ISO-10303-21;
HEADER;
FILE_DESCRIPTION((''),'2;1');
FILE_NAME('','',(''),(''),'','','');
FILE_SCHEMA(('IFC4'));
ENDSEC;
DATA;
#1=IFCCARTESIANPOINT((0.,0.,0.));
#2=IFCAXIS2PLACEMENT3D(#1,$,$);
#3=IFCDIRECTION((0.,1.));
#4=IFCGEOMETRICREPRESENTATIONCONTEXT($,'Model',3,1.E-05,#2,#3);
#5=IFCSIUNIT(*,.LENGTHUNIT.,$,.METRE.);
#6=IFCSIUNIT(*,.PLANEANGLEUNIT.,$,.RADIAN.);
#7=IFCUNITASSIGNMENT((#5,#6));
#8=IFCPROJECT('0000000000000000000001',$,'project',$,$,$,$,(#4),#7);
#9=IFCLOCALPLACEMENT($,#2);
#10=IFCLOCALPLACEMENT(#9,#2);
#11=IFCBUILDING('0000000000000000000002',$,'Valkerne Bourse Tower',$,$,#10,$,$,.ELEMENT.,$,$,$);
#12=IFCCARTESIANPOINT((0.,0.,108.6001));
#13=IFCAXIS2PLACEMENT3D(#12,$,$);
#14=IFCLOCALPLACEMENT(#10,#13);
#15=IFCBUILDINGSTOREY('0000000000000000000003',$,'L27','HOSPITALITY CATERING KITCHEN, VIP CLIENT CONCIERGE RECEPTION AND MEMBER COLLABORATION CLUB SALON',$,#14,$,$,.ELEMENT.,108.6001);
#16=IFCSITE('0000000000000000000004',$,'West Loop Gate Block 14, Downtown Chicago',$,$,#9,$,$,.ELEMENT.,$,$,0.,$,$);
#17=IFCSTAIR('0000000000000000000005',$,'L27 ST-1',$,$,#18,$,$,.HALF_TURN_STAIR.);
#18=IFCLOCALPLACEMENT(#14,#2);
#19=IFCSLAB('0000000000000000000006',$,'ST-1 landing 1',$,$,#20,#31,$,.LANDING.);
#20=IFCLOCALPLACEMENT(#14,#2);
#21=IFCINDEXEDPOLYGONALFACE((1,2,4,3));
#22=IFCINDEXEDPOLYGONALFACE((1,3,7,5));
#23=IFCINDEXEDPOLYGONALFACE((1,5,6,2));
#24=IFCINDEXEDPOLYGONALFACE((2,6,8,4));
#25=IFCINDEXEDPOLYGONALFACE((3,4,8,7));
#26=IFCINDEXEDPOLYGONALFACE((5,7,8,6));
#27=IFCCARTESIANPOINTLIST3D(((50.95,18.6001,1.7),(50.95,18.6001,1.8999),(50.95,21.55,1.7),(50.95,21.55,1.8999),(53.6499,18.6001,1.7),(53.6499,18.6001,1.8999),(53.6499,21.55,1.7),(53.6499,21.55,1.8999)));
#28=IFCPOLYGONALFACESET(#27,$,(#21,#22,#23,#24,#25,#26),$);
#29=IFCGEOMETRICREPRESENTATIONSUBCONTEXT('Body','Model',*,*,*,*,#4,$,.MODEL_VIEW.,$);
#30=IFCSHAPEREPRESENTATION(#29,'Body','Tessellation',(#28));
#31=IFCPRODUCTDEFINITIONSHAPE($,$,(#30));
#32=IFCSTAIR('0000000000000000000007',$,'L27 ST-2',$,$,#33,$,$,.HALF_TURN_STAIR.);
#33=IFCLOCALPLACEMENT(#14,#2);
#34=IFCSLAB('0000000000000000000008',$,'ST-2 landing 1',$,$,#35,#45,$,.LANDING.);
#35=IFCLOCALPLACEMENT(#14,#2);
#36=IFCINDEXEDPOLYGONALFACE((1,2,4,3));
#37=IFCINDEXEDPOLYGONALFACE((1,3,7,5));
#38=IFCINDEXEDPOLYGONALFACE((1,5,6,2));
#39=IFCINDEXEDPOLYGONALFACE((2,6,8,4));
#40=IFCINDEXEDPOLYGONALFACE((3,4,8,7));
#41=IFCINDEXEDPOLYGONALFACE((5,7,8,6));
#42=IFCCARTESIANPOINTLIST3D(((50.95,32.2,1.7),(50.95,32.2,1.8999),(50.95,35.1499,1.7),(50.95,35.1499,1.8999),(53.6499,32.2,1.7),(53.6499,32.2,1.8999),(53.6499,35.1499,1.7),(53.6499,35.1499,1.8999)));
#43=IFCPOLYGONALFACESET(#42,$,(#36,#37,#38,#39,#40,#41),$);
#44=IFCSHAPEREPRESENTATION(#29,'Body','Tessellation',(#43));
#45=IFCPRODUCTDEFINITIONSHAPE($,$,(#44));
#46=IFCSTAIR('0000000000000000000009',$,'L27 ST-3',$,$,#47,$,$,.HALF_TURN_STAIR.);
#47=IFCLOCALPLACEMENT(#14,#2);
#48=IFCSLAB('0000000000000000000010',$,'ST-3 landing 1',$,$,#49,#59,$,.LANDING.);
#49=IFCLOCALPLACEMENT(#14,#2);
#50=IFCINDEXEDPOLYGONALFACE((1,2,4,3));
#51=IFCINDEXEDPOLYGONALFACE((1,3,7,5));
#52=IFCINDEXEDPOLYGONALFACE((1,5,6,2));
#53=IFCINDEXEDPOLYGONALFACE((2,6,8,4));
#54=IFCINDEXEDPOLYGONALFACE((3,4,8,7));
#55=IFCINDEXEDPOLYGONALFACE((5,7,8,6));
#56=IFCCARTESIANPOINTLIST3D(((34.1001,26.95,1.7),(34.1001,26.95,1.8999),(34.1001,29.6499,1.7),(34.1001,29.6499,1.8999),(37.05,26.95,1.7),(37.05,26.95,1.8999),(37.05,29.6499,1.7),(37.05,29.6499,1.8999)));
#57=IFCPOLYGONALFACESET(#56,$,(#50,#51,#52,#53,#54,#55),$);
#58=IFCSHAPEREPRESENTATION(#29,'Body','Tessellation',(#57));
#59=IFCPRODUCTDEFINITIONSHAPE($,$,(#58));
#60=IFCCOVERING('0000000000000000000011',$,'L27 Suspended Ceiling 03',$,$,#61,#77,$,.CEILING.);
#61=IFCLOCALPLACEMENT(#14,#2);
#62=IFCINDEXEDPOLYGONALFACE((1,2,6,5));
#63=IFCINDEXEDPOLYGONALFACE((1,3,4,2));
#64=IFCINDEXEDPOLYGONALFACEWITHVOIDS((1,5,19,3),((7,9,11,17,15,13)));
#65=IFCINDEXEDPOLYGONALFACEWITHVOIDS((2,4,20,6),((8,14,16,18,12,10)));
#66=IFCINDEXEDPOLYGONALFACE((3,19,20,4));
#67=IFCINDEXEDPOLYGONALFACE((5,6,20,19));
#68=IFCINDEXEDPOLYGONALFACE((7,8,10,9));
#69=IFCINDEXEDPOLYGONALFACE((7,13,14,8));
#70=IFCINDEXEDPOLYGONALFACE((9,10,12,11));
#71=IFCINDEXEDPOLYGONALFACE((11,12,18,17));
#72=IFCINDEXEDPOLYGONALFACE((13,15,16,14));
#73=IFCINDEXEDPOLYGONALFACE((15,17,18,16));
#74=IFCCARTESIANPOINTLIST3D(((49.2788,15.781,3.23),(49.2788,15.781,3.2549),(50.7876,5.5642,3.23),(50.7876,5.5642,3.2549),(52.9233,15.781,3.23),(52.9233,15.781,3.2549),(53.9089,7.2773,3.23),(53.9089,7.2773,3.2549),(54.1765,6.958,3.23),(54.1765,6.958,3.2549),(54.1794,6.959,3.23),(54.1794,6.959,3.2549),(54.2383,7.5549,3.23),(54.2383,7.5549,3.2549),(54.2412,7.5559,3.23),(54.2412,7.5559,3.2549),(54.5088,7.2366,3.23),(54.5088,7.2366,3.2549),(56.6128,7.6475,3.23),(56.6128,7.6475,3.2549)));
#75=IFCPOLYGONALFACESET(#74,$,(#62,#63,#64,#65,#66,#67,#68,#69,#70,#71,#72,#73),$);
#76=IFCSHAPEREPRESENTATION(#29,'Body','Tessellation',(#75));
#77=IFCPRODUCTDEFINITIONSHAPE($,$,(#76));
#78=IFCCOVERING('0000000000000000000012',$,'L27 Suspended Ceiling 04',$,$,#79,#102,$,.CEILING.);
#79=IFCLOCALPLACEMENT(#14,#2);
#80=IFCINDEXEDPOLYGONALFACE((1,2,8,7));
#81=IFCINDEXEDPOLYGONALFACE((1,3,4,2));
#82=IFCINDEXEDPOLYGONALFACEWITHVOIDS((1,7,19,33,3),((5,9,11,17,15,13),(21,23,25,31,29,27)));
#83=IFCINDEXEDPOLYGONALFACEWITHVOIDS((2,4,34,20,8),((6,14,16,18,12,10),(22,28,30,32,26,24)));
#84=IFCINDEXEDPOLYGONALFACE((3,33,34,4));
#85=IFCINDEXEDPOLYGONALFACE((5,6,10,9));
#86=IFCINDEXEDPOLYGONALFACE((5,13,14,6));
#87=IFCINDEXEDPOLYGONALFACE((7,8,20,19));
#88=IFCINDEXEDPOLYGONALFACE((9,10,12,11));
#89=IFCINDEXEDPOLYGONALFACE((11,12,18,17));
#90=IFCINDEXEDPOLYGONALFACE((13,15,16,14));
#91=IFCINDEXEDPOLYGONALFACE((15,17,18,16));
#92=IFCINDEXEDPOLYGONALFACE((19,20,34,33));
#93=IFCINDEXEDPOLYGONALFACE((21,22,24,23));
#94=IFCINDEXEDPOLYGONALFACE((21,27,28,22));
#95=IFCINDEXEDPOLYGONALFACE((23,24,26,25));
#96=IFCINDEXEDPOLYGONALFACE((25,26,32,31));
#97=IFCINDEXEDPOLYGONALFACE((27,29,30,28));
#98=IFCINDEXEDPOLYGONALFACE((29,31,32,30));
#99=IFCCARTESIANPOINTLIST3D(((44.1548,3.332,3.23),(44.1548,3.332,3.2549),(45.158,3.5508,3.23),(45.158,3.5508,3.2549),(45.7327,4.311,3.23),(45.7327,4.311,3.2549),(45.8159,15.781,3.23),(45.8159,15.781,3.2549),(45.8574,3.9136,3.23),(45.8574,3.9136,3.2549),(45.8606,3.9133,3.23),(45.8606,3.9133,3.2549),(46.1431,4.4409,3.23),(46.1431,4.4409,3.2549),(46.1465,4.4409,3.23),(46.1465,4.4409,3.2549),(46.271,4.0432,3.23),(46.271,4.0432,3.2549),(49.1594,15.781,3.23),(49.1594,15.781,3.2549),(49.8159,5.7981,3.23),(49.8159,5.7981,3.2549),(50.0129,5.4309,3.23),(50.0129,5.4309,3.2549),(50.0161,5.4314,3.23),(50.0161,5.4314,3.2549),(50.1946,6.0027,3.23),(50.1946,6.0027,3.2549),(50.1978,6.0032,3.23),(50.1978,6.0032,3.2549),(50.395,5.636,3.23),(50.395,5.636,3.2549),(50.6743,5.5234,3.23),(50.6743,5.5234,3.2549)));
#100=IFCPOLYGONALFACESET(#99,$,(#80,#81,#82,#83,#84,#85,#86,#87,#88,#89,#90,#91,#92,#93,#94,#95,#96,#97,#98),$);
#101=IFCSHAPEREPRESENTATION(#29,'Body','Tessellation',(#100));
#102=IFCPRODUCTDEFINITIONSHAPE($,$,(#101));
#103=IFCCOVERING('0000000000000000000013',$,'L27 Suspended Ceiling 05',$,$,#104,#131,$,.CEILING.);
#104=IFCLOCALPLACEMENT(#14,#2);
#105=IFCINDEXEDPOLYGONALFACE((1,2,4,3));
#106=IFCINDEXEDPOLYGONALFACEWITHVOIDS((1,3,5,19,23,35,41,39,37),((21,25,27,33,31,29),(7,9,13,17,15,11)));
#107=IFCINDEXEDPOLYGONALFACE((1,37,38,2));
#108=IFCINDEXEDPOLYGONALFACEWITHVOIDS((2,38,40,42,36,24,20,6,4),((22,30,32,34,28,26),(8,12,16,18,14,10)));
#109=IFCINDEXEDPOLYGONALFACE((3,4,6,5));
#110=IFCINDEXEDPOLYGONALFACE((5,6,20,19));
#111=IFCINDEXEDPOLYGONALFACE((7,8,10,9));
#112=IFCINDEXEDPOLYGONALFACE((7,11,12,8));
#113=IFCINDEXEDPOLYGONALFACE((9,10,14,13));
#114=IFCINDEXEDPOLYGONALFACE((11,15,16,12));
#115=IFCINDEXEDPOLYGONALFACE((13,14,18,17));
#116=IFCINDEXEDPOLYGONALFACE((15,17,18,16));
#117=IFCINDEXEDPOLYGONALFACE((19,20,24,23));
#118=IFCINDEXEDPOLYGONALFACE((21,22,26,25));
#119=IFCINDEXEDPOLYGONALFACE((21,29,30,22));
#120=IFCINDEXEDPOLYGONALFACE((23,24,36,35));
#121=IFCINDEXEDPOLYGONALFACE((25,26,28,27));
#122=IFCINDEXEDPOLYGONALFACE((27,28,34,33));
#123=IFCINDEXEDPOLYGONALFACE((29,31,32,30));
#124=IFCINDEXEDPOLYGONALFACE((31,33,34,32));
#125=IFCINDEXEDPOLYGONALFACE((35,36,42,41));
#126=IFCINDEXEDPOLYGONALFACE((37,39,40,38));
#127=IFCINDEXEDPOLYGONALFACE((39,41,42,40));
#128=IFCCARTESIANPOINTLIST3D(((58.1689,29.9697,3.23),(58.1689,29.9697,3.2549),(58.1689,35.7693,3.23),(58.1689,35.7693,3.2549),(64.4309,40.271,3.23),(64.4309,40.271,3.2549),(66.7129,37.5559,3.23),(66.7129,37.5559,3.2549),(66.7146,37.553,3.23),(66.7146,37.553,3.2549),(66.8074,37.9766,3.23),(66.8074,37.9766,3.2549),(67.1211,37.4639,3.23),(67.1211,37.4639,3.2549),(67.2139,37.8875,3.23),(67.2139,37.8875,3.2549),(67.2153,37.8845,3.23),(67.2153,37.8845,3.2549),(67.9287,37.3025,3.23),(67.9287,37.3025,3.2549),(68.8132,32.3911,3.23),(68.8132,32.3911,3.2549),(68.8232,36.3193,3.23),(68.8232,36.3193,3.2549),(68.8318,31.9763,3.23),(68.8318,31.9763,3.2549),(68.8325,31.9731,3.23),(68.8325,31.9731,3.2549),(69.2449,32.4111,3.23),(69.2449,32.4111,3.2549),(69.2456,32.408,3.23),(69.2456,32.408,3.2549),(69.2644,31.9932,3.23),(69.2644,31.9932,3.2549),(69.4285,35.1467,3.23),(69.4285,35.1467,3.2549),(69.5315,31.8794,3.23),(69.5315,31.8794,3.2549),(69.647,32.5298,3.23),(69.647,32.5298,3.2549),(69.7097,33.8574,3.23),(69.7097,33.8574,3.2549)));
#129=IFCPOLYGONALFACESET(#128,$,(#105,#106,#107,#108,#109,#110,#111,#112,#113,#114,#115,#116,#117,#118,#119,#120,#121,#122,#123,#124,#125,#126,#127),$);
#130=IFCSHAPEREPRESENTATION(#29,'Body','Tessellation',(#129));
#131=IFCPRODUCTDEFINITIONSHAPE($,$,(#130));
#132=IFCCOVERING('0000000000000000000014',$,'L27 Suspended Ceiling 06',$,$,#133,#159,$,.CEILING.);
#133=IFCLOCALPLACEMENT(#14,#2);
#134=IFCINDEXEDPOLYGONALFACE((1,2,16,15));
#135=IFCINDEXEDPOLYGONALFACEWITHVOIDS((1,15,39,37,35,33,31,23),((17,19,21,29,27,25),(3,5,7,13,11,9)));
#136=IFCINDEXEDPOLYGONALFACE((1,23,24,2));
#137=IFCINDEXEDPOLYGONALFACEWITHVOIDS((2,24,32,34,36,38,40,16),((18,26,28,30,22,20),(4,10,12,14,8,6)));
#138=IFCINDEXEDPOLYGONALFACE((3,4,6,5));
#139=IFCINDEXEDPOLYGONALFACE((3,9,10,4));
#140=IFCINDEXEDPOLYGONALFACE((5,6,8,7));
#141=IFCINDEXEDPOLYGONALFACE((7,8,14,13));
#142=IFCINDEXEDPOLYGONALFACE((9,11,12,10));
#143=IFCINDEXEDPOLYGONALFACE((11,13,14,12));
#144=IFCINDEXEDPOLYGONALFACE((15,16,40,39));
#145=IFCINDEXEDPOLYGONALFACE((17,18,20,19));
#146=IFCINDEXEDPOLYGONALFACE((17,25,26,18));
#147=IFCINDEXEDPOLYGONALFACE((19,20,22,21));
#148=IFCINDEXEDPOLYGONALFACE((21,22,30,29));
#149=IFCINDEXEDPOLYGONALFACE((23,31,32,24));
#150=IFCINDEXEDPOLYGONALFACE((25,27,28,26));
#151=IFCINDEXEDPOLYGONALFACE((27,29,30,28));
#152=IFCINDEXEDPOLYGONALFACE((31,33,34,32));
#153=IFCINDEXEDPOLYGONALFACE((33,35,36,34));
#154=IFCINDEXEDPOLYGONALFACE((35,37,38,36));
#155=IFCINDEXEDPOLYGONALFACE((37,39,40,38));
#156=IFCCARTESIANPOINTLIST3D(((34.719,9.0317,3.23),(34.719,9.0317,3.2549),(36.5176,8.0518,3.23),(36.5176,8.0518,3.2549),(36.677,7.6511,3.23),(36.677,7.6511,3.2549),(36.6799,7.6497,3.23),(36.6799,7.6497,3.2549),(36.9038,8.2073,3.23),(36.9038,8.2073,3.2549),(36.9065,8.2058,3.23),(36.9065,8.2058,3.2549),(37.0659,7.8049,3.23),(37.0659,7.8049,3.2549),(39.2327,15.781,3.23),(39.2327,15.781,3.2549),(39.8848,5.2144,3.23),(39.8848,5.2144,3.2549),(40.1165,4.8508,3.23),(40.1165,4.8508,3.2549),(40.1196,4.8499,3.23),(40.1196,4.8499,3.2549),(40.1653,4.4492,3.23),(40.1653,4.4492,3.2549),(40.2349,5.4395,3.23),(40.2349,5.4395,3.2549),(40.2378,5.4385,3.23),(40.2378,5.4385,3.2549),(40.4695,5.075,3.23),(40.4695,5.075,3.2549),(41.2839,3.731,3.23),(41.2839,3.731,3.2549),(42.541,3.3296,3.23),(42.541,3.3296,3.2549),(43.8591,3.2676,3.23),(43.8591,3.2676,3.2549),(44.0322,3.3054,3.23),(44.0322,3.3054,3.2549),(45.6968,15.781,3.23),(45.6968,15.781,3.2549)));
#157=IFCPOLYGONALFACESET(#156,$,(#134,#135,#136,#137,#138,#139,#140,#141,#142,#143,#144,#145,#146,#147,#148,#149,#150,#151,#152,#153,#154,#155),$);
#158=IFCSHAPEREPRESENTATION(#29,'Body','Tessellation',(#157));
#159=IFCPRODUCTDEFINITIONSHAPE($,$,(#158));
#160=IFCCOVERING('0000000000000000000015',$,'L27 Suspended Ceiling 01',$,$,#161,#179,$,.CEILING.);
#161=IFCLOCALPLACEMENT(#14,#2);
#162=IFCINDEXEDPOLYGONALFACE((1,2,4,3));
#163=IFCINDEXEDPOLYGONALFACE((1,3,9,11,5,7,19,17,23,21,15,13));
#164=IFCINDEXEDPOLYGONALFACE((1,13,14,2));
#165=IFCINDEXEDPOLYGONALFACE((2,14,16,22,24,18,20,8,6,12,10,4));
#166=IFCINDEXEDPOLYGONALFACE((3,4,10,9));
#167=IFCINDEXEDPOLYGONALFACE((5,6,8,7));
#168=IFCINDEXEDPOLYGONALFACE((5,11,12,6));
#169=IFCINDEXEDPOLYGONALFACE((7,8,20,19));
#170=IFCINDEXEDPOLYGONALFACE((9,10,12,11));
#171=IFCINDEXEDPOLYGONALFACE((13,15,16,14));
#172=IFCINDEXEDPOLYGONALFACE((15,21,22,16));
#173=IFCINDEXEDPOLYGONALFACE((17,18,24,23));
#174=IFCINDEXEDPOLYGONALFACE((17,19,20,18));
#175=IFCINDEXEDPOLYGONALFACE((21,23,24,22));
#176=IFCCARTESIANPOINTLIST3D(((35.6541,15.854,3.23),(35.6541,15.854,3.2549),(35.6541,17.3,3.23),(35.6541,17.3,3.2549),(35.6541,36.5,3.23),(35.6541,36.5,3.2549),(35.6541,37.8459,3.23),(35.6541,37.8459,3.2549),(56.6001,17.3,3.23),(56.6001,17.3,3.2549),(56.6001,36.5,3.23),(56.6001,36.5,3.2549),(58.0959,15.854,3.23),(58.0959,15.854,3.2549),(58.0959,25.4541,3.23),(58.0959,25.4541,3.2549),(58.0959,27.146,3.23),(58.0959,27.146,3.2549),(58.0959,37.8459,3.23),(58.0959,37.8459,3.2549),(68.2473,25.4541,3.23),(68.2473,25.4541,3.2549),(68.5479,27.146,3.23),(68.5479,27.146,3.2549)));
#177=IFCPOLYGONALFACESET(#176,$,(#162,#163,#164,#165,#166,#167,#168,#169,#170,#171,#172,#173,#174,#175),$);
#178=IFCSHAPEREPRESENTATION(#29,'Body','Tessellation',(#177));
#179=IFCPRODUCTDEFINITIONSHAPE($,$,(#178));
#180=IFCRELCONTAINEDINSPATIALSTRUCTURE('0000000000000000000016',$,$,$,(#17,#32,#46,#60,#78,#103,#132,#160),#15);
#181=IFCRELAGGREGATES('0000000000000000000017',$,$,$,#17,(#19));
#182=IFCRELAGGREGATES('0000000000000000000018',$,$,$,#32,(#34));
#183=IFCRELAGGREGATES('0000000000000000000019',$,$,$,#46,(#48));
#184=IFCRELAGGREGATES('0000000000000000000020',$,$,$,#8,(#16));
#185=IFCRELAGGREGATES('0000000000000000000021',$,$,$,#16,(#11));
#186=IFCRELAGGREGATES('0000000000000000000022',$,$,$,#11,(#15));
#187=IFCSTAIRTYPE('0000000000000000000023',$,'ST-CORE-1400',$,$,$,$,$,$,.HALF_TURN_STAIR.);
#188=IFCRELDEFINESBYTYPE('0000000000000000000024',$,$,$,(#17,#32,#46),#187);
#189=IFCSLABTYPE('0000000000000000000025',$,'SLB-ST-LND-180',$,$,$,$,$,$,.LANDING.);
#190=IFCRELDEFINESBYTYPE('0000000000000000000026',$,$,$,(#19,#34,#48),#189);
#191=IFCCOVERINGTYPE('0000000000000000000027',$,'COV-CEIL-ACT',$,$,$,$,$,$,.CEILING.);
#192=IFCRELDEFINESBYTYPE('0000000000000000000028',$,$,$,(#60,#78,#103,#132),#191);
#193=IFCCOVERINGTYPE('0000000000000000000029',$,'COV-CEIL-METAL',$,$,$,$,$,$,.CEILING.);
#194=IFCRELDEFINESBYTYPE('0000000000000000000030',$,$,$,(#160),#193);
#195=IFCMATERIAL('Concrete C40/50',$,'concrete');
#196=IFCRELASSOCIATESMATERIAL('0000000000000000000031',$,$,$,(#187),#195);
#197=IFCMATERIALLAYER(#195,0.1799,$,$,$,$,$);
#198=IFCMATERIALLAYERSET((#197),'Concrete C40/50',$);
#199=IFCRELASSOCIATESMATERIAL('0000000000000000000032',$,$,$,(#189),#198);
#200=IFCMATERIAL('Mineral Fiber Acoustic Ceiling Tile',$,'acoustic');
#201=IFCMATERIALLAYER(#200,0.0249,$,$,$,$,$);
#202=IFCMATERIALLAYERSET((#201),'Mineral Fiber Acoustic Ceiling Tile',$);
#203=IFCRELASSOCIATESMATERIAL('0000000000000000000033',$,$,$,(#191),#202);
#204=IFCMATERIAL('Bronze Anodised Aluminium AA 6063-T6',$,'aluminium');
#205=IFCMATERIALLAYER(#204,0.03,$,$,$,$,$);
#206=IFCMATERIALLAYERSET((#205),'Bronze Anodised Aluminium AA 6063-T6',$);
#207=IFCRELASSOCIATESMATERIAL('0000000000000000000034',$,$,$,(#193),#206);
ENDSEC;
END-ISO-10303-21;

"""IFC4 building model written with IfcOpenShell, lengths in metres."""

from ifc_helpers import new_model, si_unit, direction, frame, origin, place, context, subcontext, project, spatial, polyline, outline, extrude, material, layer, layer_set, type_object, element, aggregate, save


model = new_model("IFC4")

# Units and contexts
model_context = context("Model", 3, precision=1e-05, world=origin(), true_north=direction((0.0, 1.0)))
body_context = subcontext(model_context, "Body", "Model", "MODEL_VIEW")
ifc_project = project(units=[si_unit("LENGTHUNIT", "METRE"), si_unit("PLANEANGLEUNIT", "RADIAN")], contexts=[model_context])

# Site, building, storey
site_placement = place(None, origin())
site = spatial("IfcSite", under=ifc_project, at=site_placement, Name="West Loop Gate Block 14, Downtown Chicago", CompositionType="ELEMENT", RefElevation=0.0)
building_placement = place(site_placement, origin())
building = spatial("IfcBuilding", under=site, at=building_placement, Name="Valkerne Bourse Tower", CompositionType="ELEMENT")
storey_placement = place(building_placement, frame((0.0, 0.0, 108.6001)))
storey = spatial("IfcBuildingStorey", under=building, at=storey_placement, Name="L27", Description="HOSPITALITY CATERING KITCHEN, VIP CLIENT CONCIERGE RECEPTION AND MEMBER COLLABORATION CLUB SALON", CompositionType="ELEMENT", Elevation=108.6001)

# Stairs, slabs
ifc_material_1 = material(Name="Concrete C40/50", Category="concrete")
stair_type = type_object("IfcStairType", Name="ST-CORE-1400", PredefinedType="HALF_TURN_STAIR", material=ifc_material_1)
stair_1_placement = place(storey_placement, origin())
stair_1 = element("IfcStair", 1, at=stair_1_placement, inside=storey, type_object=stair_type, Name="L27 ST-1", PredefinedType="HALF_TURN_STAIR")
ifc_layer_1 = layer(ifc_material_1, 0.1799)
ifc_layer_set_1 = layer_set([ifc_layer_1], Name="Concrete C40/50")
slab_type = type_object("IfcSlabType", Name="SLB-ST-LND-180", PredefinedType="LANDING", material=ifc_layer_set_1)
slab_1_placement = place(storey_placement, frame((0.0, 0.0, 1.7)))
slab_1 = element("IfcSlab", 2, at=slab_1_placement, type_object=slab_type, Name="ST-1 landing 1", PredefinedType="LANDING", context=body_context, shape_type="SweptSolid", body=[
    extrude(outline(polyline([(50.95, 18.6001), (53.6499, 18.6001), (53.6499, 21.55), (50.95, 21.55), (50.95, 18.6001)])), origin(), (0.0, 0.0, 1.0), 0.2),
])
aggregate(stair_1, [slab_1])
stair_2_placement = place(storey_placement, origin())
stair_2 = element("IfcStair", 3, at=stair_2_placement, inside=storey, type_object=stair_type, Name="L27 ST-2", PredefinedType="HALF_TURN_STAIR")
slab_2_placement = place(storey_placement, frame((0.0, 0.0, 1.7)))
slab_2 = element("IfcSlab", 4, at=slab_2_placement, type_object=slab_type, Name="ST-2 landing 1", PredefinedType="LANDING", context=body_context, shape_type="SweptSolid", body=[
    extrude(outline(polyline([(50.95, 32.2), (53.6499, 32.2), (53.6499, 35.1499), (50.95, 35.1499), (50.95, 32.2)])), origin(), (0.0, 0.0, 1.0), 0.2),
])
aggregate(stair_2, [slab_2])
stair_3_placement = place(storey_placement, origin())
stair_3 = element("IfcStair", 5, at=stair_3_placement, inside=storey, type_object=stair_type, Name="L27 ST-3", PredefinedType="HALF_TURN_STAIR")
slab_3_placement = place(storey_placement, frame((0.0, 0.0, 1.7)))
slab_3 = element("IfcSlab", 6, at=slab_3_placement, type_object=slab_type, Name="ST-3 landing 1", PredefinedType="LANDING", context=body_context, shape_type="SweptSolid", body=[
    extrude(outline(polyline([(37.05, 26.95), (37.05, 29.6499), (34.1001, 29.6499), (34.1001, 26.95), (37.05, 26.95)])), origin(), (0.0, 0.0, 1.0), 0.2),
])
aggregate(stair_3, [slab_3])

# Coverings
ifc_material_2 = material(Name="Mineral Fiber Acoustic Ceiling Tile", Category="acoustic")
ifc_layer_2 = layer(ifc_material_2, 0.0249)
ifc_layer_set_2 = layer_set([ifc_layer_2], Name="Mineral Fiber Acoustic Ceiling Tile")
covering_type_1 = type_object("IfcCoveringType", Name="COV-CEIL-ACT", PredefinedType="CEILING", material=ifc_layer_set_2)
covering_1_placement = place(storey_placement, frame((0.0, 0.0, 3.23)))
element("IfcCovering", 7, at=covering_1_placement, inside=storey, type_object=covering_type_1, Name="L27 Suspended Ceiling 03", PredefinedType="CEILING", context=body_context, shape_type="SweptSolid", body=[
    extrude(outline(polyline([(52.9233, 15.781), (56.6128, 7.6475), (50.7876, 5.5642), (49.2788, 15.781), (52.9233, 15.781)]), holes=[polyline([(54.5088, 7.2366), (54.2412, 7.5559), (54.2383, 7.5549), (53.9089, 7.2773), (54.1765, 6.958), (54.1794, 6.959), (54.5088, 7.2366)])]), origin(), (0.0, 0.0, 1.0), 0.0249),
])
covering_2_placement = place(storey_placement, frame((0.0, 0.0, 3.23)))
element("IfcCovering", 8, at=covering_2_placement, inside=storey, type_object=covering_type_1, Name="L27 Suspended Ceiling 04", PredefinedType="CEILING", context=body_context, shape_type="SweptSolid", body=[
    extrude(outline(polyline([(45.8159, 15.781), (49.1594, 15.781), (50.6743, 5.5234), (45.158, 3.5508), (44.1548, 3.332), (45.8159, 15.781)]), holes=[polyline([(46.271, 4.0432), (46.1465, 4.4409), (46.1431, 4.4409), (45.7327, 4.311), (45.8574, 3.9136), (45.8606, 3.9133), (46.271, 4.0432)]), polyline([(50.395, 5.636), (50.1978, 6.0032), (50.1946, 6.0027), (49.8159, 5.7981), (50.0129, 5.4309), (50.0161, 5.4314), (50.395, 5.636)])]), origin(), (0.0, 0.0, 1.0), 0.0249),
])
covering_3_placement = place(storey_placement, frame((0.0, 0.0, 3.23)))
element("IfcCovering", 9, at=covering_3_placement, inside=storey, type_object=covering_type_1, Name="L27 Suspended Ceiling 05", PredefinedType="CEILING", context=body_context, shape_type="SweptSolid", body=[
    extrude(outline(polyline([(69.4285, 35.1467), (69.7097, 33.8574), (69.647, 32.5298), (69.5315, 31.8794), (58.1689, 29.9697), (58.1689, 35.7693), (64.4309, 40.271), (67.9287, 37.3025), (68.8232, 36.3193), (69.4285, 35.1467)]), holes=[polyline([(69.2456, 32.408), (69.2449, 32.4111), (68.8132, 32.3911), (68.8318, 31.9763), (68.8325, 31.9731), (69.2644, 31.9932), (69.2456, 32.408)]), polyline([(67.2153, 37.8845), (67.2139, 37.8875), (66.8074, 37.9766), (66.7129, 37.5559), (66.7146, 37.553), (67.1211, 37.4639), (67.2153, 37.8845)])]), origin(), (0.0, 0.0, 1.0), 0.0249),
])
covering_4_placement = place(storey_placement, frame((0.0, 0.0, 3.23)))
element("IfcCovering", 10, at=covering_4_placement, inside=storey, type_object=covering_type_1, Name="L27 Suspended Ceiling 06", PredefinedType="CEILING", context=body_context, shape_type="SweptSolid", body=[
    extrude(outline(polyline([(41.2839, 3.731), (40.1653, 4.4492), (34.719, 9.0317), (39.2327, 15.781), (45.6968, 15.781), (44.0322, 3.3054), (43.8591, 3.2676), (42.541, 3.3296), (41.2839, 3.731)]), holes=[polyline([(36.9065, 8.2058), (36.9038, 8.2073), (36.5176, 8.0518), (36.677, 7.6511), (36.6799, 7.6497), (37.0659, 7.8049), (36.9065, 8.2058)]), polyline([(40.2378, 5.4385), (40.2349, 5.4395), (39.8848, 5.2144), (40.1165, 4.8508), (40.1196, 4.8499), (40.4695, 5.075), (40.2378, 5.4385)])]), origin(), (0.0, 0.0, 1.0), 0.0249),
])
ifc_material_3 = material(Name="Bronze Anodised Aluminium AA 6063-T6", Category="aluminium")
ifc_layer_3 = layer(ifc_material_3, 0.03)
ifc_layer_set_3 = layer_set([ifc_layer_3], Name="Bronze Anodised Aluminium AA 6063-T6")
covering_type_2 = type_object("IfcCoveringType", Name="COV-CEIL-METAL", PredefinedType="CEILING", material=ifc_layer_set_3)
covering_5_placement = place(storey_placement, frame((0.0, 0.0, 3.23)))
element("IfcCovering", 11, at=covering_5_placement, inside=storey, type_object=covering_type_2, Name="L27 Suspended Ceiling 01", PredefinedType="CEILING", context=body_context, shape_type="SweptSolid", body=[
    extrude(outline(polyline([(68.5479, 27.146), (68.2473, 25.4541), (58.0959, 25.4541), (58.0959, 15.854), (35.6541, 15.854), (35.6541, 17.3), (56.6001, 17.3), (56.6001, 36.5), (35.6541, 36.5), (35.6541, 37.8459), (58.0959, 37.8459), (58.0959, 27.146), (68.5479, 27.146)])), origin(), (0.0, 0.0, 1.0), 0.0249),
])

save(model, "model.ifc")
